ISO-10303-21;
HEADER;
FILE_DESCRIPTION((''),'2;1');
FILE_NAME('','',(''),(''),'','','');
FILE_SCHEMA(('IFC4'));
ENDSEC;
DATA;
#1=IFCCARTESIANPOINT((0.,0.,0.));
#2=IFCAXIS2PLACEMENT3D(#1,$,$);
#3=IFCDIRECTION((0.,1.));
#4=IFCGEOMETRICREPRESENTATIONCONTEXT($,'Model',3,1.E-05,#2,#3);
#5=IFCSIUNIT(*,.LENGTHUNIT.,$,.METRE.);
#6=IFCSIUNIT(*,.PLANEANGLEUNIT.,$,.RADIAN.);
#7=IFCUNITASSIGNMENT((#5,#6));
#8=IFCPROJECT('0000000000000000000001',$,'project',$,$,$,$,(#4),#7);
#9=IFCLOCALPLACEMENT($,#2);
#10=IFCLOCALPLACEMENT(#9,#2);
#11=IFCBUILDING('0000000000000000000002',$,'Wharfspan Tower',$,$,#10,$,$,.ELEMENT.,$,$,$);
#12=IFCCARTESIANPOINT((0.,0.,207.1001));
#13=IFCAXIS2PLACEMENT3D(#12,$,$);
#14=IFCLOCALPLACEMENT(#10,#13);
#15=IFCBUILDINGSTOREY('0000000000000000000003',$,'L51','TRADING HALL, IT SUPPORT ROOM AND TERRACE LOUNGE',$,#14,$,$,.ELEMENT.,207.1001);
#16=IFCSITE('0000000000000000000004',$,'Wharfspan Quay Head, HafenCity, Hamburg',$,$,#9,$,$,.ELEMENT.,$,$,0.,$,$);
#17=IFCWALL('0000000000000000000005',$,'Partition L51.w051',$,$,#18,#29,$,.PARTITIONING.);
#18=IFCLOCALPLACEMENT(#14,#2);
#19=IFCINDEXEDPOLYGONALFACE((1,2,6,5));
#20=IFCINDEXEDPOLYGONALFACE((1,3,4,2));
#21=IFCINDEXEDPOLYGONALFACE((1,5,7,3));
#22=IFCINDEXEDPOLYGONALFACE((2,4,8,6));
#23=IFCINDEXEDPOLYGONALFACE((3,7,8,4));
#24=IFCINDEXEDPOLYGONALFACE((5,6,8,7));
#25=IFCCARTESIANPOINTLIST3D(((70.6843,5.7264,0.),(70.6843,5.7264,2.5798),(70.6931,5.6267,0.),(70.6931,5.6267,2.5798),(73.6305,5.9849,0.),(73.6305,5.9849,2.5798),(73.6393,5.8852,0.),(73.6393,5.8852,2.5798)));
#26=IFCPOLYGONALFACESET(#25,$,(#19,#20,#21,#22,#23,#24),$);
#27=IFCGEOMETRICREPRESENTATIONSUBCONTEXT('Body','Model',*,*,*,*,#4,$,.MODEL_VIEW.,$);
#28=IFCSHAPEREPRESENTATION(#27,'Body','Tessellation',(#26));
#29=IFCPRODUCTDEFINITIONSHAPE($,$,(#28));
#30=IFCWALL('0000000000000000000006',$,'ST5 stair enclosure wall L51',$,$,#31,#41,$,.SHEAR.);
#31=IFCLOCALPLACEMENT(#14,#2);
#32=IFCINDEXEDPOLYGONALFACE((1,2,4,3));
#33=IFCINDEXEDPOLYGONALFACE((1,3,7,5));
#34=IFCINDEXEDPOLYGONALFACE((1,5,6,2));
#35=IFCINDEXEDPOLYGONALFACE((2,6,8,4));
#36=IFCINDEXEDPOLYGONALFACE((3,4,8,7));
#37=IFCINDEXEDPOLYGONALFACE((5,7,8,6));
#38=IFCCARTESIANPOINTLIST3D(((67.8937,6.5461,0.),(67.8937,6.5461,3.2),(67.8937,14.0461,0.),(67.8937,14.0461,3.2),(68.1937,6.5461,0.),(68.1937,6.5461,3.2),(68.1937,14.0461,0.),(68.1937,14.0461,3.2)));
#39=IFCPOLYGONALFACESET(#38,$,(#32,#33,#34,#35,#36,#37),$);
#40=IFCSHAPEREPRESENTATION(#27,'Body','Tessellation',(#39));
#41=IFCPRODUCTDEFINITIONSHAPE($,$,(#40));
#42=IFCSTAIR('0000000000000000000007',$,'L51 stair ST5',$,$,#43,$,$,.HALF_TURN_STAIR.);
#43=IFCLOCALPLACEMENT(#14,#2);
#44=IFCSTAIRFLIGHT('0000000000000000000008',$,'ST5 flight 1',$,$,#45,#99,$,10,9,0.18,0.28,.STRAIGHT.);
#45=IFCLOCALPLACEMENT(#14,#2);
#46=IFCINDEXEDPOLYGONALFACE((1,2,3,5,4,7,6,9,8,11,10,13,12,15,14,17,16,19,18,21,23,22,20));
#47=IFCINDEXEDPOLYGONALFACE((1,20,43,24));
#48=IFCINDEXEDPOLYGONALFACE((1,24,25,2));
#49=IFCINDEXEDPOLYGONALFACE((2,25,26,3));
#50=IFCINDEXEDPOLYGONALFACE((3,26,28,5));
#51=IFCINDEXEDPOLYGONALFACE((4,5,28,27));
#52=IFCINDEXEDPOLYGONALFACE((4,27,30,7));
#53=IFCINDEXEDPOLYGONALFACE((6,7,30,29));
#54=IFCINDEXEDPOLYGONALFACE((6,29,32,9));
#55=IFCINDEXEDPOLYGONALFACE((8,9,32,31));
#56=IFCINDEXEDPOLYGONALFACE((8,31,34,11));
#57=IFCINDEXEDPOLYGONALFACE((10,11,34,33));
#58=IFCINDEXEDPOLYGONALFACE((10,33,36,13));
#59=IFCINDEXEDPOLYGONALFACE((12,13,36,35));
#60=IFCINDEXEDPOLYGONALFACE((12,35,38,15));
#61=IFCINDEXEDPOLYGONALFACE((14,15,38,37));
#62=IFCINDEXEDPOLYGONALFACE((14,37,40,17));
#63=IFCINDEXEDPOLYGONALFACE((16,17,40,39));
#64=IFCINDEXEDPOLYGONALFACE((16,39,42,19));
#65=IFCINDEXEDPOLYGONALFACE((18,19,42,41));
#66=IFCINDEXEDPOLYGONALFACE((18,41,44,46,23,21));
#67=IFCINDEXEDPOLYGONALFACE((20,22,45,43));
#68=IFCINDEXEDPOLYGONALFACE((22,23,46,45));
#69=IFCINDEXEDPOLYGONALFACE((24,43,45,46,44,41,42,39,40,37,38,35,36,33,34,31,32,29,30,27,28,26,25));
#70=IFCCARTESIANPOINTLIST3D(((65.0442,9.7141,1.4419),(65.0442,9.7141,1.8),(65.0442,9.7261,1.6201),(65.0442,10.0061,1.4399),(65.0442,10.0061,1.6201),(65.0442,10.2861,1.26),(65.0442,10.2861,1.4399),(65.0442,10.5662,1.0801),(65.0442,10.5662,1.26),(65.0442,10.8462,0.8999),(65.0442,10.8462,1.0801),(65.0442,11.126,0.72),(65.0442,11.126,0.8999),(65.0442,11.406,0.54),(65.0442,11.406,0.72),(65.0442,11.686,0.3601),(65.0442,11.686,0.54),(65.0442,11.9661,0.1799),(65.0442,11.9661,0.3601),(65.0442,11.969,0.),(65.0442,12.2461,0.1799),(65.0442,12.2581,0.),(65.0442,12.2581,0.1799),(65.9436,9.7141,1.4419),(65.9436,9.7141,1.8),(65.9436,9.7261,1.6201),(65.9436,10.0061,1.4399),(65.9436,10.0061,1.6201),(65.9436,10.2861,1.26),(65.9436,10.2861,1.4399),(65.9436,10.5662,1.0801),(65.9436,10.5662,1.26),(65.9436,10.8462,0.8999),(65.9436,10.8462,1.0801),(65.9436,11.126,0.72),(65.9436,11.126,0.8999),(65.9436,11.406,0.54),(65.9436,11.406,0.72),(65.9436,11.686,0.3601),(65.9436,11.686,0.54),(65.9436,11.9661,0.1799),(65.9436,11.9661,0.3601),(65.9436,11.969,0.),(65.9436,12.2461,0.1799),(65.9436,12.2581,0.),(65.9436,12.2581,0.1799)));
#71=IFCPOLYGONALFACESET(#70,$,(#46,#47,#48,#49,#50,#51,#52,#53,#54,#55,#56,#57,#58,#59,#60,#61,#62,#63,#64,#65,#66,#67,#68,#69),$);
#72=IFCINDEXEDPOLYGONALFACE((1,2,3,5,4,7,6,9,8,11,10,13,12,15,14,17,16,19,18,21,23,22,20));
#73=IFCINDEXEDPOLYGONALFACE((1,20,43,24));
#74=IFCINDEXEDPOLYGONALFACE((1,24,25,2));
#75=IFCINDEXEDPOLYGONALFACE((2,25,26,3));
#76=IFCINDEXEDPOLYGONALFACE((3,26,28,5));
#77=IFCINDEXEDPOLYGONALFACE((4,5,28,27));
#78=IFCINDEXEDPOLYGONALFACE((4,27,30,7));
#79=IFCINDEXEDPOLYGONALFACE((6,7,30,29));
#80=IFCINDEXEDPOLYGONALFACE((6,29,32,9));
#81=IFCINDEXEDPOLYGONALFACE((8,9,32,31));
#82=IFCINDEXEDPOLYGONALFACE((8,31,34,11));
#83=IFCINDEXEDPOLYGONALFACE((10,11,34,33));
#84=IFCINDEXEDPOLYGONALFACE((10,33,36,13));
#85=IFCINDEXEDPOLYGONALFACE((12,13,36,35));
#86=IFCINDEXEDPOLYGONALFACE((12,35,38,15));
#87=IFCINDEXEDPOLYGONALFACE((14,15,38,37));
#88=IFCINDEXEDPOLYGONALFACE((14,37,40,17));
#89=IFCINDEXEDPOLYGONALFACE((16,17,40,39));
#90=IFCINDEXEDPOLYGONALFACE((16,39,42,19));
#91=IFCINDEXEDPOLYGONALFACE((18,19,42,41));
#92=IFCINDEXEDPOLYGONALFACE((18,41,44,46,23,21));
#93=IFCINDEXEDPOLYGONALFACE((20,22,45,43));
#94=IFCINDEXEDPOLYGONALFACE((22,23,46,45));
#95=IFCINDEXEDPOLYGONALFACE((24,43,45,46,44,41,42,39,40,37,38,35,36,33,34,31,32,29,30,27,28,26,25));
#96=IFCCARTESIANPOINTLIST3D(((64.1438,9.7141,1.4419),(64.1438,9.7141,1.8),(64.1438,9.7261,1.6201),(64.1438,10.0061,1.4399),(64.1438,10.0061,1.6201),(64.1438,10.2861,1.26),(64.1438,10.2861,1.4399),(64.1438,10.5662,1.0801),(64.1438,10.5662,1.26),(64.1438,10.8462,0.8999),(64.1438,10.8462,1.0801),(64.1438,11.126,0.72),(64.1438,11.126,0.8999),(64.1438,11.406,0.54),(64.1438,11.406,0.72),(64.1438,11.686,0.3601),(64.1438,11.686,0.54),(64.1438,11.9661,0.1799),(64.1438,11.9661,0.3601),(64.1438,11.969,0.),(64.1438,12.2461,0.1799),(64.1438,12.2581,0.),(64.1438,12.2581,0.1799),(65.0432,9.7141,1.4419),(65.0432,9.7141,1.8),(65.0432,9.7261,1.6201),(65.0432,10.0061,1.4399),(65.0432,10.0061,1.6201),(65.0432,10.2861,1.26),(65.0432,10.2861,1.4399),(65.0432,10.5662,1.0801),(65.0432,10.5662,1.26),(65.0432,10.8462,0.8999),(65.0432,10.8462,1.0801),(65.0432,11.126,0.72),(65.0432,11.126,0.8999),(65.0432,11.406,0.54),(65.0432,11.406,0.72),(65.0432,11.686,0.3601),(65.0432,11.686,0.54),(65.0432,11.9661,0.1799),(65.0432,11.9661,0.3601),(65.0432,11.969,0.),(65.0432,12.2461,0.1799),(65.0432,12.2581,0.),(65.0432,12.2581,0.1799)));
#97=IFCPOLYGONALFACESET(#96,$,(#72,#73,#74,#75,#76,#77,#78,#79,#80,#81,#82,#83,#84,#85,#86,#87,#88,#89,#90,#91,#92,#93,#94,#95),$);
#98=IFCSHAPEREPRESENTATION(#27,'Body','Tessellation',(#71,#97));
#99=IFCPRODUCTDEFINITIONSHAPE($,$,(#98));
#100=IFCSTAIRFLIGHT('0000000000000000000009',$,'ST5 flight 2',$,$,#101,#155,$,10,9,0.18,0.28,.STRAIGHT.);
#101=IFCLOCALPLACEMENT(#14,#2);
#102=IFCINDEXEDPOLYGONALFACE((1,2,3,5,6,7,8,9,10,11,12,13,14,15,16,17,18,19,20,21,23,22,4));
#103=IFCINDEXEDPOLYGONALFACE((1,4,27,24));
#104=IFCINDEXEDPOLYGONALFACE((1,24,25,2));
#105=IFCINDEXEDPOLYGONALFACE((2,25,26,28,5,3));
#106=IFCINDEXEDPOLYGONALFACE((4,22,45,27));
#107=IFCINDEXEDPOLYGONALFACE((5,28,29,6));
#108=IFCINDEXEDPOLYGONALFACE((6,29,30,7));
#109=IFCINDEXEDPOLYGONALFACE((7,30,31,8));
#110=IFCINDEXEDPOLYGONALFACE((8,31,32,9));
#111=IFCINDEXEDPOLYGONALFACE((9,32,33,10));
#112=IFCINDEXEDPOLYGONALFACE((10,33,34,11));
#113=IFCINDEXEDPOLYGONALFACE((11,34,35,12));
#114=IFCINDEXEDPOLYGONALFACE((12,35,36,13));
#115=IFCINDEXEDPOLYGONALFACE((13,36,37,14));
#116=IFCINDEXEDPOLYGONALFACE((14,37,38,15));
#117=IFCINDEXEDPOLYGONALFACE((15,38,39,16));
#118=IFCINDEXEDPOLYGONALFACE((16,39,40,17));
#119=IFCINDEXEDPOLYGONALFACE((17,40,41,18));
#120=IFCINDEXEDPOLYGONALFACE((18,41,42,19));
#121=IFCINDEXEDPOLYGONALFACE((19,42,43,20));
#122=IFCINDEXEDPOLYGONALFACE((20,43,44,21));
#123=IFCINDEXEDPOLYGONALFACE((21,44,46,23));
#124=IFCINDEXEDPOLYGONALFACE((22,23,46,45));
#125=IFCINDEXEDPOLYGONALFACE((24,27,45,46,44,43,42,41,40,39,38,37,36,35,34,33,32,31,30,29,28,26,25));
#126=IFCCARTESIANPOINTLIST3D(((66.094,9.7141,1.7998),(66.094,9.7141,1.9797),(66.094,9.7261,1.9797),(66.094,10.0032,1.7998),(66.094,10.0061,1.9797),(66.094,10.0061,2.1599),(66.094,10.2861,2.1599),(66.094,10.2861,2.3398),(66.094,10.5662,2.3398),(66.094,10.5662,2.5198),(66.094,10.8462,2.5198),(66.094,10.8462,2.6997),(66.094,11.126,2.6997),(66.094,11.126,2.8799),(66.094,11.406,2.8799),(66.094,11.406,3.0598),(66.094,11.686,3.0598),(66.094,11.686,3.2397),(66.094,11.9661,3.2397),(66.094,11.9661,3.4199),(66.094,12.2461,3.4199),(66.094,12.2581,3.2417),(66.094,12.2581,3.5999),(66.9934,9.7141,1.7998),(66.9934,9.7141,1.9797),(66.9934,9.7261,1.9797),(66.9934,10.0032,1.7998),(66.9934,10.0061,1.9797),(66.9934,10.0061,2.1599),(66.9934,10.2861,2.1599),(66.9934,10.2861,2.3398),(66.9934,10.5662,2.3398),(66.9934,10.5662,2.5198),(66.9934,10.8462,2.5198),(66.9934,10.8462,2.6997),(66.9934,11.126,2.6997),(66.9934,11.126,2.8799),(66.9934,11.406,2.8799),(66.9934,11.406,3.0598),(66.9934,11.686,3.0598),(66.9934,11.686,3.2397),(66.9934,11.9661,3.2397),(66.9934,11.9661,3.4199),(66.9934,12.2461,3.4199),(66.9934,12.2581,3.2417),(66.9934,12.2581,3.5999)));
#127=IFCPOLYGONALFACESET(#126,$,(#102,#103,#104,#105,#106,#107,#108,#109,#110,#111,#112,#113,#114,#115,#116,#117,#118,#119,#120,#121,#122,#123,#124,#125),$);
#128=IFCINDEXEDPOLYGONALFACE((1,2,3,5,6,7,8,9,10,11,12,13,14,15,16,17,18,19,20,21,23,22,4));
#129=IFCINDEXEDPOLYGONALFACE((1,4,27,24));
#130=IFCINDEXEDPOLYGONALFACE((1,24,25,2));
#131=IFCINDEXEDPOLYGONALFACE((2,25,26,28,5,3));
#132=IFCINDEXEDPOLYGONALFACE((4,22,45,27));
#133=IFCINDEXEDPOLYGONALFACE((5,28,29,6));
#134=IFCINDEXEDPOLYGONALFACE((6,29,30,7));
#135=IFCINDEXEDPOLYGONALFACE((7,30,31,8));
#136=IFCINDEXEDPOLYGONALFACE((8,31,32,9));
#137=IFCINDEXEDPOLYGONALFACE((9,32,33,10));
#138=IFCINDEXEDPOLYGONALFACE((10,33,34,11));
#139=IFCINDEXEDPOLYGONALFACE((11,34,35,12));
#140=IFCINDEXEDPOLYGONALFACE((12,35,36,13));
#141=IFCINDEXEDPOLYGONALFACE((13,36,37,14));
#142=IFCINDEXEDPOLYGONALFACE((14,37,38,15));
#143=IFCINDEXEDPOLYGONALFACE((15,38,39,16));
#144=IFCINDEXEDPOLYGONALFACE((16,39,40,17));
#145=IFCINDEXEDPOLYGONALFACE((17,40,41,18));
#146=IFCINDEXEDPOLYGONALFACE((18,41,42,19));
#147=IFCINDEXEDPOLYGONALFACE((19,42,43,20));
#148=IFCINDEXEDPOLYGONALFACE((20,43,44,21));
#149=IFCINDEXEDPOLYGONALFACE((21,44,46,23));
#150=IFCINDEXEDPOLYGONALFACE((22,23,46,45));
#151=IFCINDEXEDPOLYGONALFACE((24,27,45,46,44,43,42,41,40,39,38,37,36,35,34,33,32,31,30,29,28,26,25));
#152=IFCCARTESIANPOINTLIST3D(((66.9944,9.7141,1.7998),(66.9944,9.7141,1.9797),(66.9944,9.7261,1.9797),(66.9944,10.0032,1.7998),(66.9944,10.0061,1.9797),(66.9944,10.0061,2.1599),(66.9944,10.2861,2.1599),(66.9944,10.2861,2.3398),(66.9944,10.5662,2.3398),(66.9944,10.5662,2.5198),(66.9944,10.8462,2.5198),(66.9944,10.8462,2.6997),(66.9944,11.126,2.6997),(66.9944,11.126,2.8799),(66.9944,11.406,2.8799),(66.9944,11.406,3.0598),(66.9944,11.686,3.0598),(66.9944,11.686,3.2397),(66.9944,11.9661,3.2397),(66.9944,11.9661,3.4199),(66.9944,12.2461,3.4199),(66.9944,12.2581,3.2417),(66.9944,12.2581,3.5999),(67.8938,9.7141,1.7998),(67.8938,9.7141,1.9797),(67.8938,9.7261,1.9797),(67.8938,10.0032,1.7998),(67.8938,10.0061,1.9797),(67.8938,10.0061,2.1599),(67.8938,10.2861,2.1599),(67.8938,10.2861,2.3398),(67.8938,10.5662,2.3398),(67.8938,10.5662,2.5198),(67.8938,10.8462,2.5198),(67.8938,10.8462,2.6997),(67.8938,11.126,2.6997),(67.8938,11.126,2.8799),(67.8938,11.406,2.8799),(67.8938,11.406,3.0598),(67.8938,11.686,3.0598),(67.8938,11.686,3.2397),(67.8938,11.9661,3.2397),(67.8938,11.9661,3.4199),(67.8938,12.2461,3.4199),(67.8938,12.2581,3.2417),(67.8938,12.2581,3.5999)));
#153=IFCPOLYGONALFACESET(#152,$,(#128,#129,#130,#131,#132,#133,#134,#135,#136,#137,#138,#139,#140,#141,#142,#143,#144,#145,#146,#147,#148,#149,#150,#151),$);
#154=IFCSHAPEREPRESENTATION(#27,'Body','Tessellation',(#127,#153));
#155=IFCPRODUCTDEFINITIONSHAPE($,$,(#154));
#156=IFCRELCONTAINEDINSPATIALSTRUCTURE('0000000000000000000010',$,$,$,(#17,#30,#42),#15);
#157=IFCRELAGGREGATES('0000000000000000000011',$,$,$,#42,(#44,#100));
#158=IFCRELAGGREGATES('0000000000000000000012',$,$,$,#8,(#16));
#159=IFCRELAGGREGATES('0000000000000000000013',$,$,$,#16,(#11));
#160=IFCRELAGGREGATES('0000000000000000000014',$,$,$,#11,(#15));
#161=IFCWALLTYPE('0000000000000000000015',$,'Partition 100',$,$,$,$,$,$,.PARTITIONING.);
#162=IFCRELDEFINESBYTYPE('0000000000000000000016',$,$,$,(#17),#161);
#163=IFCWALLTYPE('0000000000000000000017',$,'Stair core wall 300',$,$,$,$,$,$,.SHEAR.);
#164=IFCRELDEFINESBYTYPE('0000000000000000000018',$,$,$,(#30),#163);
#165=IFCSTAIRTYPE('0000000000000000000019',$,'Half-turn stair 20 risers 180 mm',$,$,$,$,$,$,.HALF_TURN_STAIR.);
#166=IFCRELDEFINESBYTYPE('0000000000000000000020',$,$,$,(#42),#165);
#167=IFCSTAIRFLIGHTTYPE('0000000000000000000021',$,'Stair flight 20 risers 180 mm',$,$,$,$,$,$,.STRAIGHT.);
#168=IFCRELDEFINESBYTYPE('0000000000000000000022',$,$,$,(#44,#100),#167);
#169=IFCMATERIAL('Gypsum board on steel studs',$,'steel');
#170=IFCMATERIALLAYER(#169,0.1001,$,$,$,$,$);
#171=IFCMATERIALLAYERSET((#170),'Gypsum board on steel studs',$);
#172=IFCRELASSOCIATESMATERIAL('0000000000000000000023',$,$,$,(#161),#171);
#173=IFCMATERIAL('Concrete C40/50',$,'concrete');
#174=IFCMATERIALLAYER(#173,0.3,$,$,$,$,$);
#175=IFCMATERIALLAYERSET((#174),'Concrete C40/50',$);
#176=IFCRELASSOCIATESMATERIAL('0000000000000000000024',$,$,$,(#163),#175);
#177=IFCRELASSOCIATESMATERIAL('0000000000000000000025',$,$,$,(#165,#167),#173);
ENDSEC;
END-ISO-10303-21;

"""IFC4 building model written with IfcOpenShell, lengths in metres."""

from ifc_helpers import new_model, si_unit, direction, frame, frame_2d, origin, place, context, subcontext, project, spatial, polyline, rectangle, outline, extrude, material, layer, layer_set, type_object, element, aggregate, save


model = new_model("IFC4")

# Units and contexts
model_context = context("Model", 3, precision=1e-05, world=origin(), true_north=direction((0.0, 1.0)))
body_context = subcontext(model_context, "Body", "Model", "MODEL_VIEW")
ifc_project = project(units=[si_unit("LENGTHUNIT", "METRE"), si_unit("PLANEANGLEUNIT", "RADIAN")], contexts=[model_context])

# Site, building, storey
site_placement = place(None, origin())
site = spatial("IfcSite", under=ifc_project, at=site_placement, Name="Wharfspan Quay Head, HafenCity, Hamburg", CompositionType="ELEMENT", RefElevation=0.0)
building_placement = place(site_placement, origin())
building = spatial("IfcBuilding", under=site, at=building_placement, Name="Wharfspan Tower", CompositionType="ELEMENT")
storey_placement = place(building_placement, frame((0.0, 0.0, 207.1001)))
storey = spatial("IfcBuildingStorey", under=building, at=storey_placement, Name="L51", Description="TRADING HALL, IT SUPPORT ROOM AND TERRACE LOUNGE", CompositionType="ELEMENT", Elevation=207.1001)

# Walls
ifc_material_1 = material(Name="Gypsum board on steel studs", Category="steel")
ifc_layer_1 = layer(ifc_material_1, 0.1001)
ifc_layer_set_1 = layer_set([ifc_layer_1], Name="Gypsum board on steel studs")
wall_type_1 = type_object("IfcWallType", Name="Partition 100", PredefinedType="PARTITIONING", material=ifc_layer_set_1)
wall_1_placement = place(storey_placement, frame((70.6887, 5.6765, 0.0), z_axis=(0.0, 0.0, 1.0), x_axis=(0.996174, 0.087417, 0.0)))
element("IfcWall", 1, at=wall_1_placement, inside=storey, type_object=wall_type_1, Name="Partition L51.w051", PredefinedType="PARTITIONING", context=body_context, shape_type="SweptSolid", body=[
    extrude(rectangle(XDim=2.9575, YDim=0.1001, at=frame_2d((1.4788, 0.0))), origin(), (0.0, 0.0, 1.0), 2.5798),
])
ifc_material_2 = material(Name="Concrete C40/50", Category="concrete")
ifc_layer_2 = layer(ifc_material_2, 0.3)
ifc_layer_set_2 = layer_set([ifc_layer_2], Name="Concrete C40/50")
wall_type_2 = type_object("IfcWallType", Name="Stair core wall 300", PredefinedType="SHEAR", material=ifc_layer_set_2)
wall_2_placement = place(storey_placement, frame((68.0437, 6.5461, 0.0), z_axis=(0.0, 0.0, 1.0), x_axis=(0.0, 1.0, 0.0)))
element("IfcWall", 2, at=wall_2_placement, inside=storey, type_object=wall_type_2, Name="ST5 stair enclosure wall L51", PredefinedType="SHEAR", context=body_context, shape_type="SweptSolid", body=[
    extrude(rectangle(XDim=7.5, YDim=0.3, at=frame_2d((3.75, 0.0))), origin(), (0.0, 0.0, 1.0), 3.2),
])

# Stair, stair flights
stair_type = type_object("IfcStairType", Name="Half-turn stair 20 risers 180 mm", PredefinedType="HALF_TURN_STAIR", material=ifc_material_2)
stair_placement = place(storey_placement, origin())
stair = element("IfcStair", 3, at=stair_placement, inside=storey, type_object=stair_type, Name="L51 stair ST5", PredefinedType="HALF_TURN_STAIR")
stair_flight_type = type_object("IfcStairFlightType", Name="Stair flight 20 risers 180 mm", PredefinedType="STRAIGHT", material=ifc_material_2)
stair_flight_1_placement = place(storey_placement, frame((65.0437, 12.2461, 0.0), z_axis=(0.0, 0.0, 1.0), x_axis=(0.0, -1.0, 0.0)))
stair_flight_1 = element("IfcStairFlight", 4, at=stair_flight_1_placement, type_object=stair_flight_type, Name="ST5 flight 1", NumberOfRisers=10, NumberOfTreads=9, PredefinedType="STRAIGHT", RiserHeight=0.18, TreadLength=0.28, context=body_context, shape_type="SweptSolid", body=[
    extrude(outline(polyline([(-0.012, 0.0), (-0.012, 0.1799), (0.0, 0.1799), (0.28, 0.1799), (0.28, 0.3601), (0.5601, 0.3601), (0.5601, 0.54), (0.8401, 0.54), (0.8401, 0.72), (1.1201, 0.72), (1.1201, 0.8999), (1.3999, 0.8999), (1.3999, 1.0801), (1.6799, 1.0801), (1.6799, 1.26), (1.96, 1.26), (1.96, 1.4399), (2.24, 1.4399), (2.24, 1.6201), (2.52, 1.6201), (2.532, 1.8), (2.532, 1.4419), (0.2771, 0.0), (-0.012, 0.0)])), frame((0.0, 0.8999, 0.0), z_axis=(0.0, -1.0, 0.0), x_axis=(1.0, 0.0, 0.0)), (0.0, 0.0, 1.0), 0.8994),
    extrude(outline(polyline([(-0.012, 0.0), (-0.012, 0.1799), (0.0, 0.1799), (0.28, 0.1799), (0.28, 0.3601), (0.5601, 0.3601), (0.5601, 0.54), (0.8401, 0.54), (0.8401, 0.72), (1.1201, 0.72), (1.1201, 0.8999), (1.3999, 0.8999), (1.3999, 1.0801), (1.6799, 1.0801), (1.6799, 1.26), (1.96, 1.26), (1.96, 1.4399), (2.24, 1.4399), (2.24, 1.6201), (2.52, 1.6201), (2.532, 1.8), (2.532, 1.4419), (0.2771, 0.0), (-0.012, 0.0)])), frame((0.0, -0.0005, 0.0), z_axis=(0.0, -1.0, 0.0), x_axis=(1.0, 0.0, 0.0)), (0.0, 0.0, 1.0), 0.8994),
])
stair_flight_2_placement = place(storey_placement, frame((66.9939, 9.7261, 1.7998), z_axis=(0.0, 0.0, 1.0), x_axis=(0.0, 1.0, 0.0)))
stair_flight_2 = element("IfcStairFlight", 5, at=stair_flight_2_placement, type_object=stair_flight_type, Name="ST5 flight 2", NumberOfRisers=10, NumberOfTreads=9, PredefinedType="STRAIGHT", RiserHeight=0.18, TreadLength=0.28, context=body_context, shape_type="SweptSolid", body=[
    extrude(outline(polyline([(-0.012, 0.0), (-0.012, 0.1799), (0.0, 0.1799), (0.28, 0.1799), (0.28, 0.3601), (0.5601, 0.3601), (0.5601, 0.54), (0.8401, 0.54), (0.8401, 0.72), (1.1201, 0.72), (1.1201, 0.8999), (1.3999, 0.8999), (1.3999, 1.0801), (1.6799, 1.0801), (1.6799, 1.26), (1.96, 1.26), (1.96, 1.4399), (2.24, 1.4399), (2.24, 1.6201), (2.52, 1.6201), (2.532, 1.8), (2.532, 1.4419), (0.2771, 0.0), (-0.012, 0.0)])), frame((0.0, 0.8999, 0.0), z_axis=(0.0, -1.0, 0.0), x_axis=(1.0, 0.0, 0.0)), (0.0, 0.0, 1.0), 0.8994),
    extrude(outline(polyline([(-0.012, 0.0), (-0.012, 0.1799), (0.0, 0.1799), (0.28, 0.1799), (0.28, 0.3601), (0.5601, 0.3601), (0.5601, 0.54), (0.8401, 0.54), (0.8401, 0.72), (1.1201, 0.72), (1.1201, 0.8999), (1.3999, 0.8999), (1.3999, 1.0801), (1.6799, 1.0801), (1.6799, 1.26), (1.96, 1.26), (1.96, 1.4399), (2.24, 1.4399), (2.24, 1.6201), (2.52, 1.6201), (2.532, 1.8), (2.532, 1.4419), (0.2771, 0.0), (-0.012, 0.0)])), frame((0.0, -0.0005, 0.0), z_axis=(0.0, -1.0, 0.0), x_axis=(1.0, 0.0, 0.0)), (0.0, 0.0, 1.0), 0.8994),
])
aggregate(stair, [stair_flight_1, stair_flight_2])

save(model, "model.ifc")
